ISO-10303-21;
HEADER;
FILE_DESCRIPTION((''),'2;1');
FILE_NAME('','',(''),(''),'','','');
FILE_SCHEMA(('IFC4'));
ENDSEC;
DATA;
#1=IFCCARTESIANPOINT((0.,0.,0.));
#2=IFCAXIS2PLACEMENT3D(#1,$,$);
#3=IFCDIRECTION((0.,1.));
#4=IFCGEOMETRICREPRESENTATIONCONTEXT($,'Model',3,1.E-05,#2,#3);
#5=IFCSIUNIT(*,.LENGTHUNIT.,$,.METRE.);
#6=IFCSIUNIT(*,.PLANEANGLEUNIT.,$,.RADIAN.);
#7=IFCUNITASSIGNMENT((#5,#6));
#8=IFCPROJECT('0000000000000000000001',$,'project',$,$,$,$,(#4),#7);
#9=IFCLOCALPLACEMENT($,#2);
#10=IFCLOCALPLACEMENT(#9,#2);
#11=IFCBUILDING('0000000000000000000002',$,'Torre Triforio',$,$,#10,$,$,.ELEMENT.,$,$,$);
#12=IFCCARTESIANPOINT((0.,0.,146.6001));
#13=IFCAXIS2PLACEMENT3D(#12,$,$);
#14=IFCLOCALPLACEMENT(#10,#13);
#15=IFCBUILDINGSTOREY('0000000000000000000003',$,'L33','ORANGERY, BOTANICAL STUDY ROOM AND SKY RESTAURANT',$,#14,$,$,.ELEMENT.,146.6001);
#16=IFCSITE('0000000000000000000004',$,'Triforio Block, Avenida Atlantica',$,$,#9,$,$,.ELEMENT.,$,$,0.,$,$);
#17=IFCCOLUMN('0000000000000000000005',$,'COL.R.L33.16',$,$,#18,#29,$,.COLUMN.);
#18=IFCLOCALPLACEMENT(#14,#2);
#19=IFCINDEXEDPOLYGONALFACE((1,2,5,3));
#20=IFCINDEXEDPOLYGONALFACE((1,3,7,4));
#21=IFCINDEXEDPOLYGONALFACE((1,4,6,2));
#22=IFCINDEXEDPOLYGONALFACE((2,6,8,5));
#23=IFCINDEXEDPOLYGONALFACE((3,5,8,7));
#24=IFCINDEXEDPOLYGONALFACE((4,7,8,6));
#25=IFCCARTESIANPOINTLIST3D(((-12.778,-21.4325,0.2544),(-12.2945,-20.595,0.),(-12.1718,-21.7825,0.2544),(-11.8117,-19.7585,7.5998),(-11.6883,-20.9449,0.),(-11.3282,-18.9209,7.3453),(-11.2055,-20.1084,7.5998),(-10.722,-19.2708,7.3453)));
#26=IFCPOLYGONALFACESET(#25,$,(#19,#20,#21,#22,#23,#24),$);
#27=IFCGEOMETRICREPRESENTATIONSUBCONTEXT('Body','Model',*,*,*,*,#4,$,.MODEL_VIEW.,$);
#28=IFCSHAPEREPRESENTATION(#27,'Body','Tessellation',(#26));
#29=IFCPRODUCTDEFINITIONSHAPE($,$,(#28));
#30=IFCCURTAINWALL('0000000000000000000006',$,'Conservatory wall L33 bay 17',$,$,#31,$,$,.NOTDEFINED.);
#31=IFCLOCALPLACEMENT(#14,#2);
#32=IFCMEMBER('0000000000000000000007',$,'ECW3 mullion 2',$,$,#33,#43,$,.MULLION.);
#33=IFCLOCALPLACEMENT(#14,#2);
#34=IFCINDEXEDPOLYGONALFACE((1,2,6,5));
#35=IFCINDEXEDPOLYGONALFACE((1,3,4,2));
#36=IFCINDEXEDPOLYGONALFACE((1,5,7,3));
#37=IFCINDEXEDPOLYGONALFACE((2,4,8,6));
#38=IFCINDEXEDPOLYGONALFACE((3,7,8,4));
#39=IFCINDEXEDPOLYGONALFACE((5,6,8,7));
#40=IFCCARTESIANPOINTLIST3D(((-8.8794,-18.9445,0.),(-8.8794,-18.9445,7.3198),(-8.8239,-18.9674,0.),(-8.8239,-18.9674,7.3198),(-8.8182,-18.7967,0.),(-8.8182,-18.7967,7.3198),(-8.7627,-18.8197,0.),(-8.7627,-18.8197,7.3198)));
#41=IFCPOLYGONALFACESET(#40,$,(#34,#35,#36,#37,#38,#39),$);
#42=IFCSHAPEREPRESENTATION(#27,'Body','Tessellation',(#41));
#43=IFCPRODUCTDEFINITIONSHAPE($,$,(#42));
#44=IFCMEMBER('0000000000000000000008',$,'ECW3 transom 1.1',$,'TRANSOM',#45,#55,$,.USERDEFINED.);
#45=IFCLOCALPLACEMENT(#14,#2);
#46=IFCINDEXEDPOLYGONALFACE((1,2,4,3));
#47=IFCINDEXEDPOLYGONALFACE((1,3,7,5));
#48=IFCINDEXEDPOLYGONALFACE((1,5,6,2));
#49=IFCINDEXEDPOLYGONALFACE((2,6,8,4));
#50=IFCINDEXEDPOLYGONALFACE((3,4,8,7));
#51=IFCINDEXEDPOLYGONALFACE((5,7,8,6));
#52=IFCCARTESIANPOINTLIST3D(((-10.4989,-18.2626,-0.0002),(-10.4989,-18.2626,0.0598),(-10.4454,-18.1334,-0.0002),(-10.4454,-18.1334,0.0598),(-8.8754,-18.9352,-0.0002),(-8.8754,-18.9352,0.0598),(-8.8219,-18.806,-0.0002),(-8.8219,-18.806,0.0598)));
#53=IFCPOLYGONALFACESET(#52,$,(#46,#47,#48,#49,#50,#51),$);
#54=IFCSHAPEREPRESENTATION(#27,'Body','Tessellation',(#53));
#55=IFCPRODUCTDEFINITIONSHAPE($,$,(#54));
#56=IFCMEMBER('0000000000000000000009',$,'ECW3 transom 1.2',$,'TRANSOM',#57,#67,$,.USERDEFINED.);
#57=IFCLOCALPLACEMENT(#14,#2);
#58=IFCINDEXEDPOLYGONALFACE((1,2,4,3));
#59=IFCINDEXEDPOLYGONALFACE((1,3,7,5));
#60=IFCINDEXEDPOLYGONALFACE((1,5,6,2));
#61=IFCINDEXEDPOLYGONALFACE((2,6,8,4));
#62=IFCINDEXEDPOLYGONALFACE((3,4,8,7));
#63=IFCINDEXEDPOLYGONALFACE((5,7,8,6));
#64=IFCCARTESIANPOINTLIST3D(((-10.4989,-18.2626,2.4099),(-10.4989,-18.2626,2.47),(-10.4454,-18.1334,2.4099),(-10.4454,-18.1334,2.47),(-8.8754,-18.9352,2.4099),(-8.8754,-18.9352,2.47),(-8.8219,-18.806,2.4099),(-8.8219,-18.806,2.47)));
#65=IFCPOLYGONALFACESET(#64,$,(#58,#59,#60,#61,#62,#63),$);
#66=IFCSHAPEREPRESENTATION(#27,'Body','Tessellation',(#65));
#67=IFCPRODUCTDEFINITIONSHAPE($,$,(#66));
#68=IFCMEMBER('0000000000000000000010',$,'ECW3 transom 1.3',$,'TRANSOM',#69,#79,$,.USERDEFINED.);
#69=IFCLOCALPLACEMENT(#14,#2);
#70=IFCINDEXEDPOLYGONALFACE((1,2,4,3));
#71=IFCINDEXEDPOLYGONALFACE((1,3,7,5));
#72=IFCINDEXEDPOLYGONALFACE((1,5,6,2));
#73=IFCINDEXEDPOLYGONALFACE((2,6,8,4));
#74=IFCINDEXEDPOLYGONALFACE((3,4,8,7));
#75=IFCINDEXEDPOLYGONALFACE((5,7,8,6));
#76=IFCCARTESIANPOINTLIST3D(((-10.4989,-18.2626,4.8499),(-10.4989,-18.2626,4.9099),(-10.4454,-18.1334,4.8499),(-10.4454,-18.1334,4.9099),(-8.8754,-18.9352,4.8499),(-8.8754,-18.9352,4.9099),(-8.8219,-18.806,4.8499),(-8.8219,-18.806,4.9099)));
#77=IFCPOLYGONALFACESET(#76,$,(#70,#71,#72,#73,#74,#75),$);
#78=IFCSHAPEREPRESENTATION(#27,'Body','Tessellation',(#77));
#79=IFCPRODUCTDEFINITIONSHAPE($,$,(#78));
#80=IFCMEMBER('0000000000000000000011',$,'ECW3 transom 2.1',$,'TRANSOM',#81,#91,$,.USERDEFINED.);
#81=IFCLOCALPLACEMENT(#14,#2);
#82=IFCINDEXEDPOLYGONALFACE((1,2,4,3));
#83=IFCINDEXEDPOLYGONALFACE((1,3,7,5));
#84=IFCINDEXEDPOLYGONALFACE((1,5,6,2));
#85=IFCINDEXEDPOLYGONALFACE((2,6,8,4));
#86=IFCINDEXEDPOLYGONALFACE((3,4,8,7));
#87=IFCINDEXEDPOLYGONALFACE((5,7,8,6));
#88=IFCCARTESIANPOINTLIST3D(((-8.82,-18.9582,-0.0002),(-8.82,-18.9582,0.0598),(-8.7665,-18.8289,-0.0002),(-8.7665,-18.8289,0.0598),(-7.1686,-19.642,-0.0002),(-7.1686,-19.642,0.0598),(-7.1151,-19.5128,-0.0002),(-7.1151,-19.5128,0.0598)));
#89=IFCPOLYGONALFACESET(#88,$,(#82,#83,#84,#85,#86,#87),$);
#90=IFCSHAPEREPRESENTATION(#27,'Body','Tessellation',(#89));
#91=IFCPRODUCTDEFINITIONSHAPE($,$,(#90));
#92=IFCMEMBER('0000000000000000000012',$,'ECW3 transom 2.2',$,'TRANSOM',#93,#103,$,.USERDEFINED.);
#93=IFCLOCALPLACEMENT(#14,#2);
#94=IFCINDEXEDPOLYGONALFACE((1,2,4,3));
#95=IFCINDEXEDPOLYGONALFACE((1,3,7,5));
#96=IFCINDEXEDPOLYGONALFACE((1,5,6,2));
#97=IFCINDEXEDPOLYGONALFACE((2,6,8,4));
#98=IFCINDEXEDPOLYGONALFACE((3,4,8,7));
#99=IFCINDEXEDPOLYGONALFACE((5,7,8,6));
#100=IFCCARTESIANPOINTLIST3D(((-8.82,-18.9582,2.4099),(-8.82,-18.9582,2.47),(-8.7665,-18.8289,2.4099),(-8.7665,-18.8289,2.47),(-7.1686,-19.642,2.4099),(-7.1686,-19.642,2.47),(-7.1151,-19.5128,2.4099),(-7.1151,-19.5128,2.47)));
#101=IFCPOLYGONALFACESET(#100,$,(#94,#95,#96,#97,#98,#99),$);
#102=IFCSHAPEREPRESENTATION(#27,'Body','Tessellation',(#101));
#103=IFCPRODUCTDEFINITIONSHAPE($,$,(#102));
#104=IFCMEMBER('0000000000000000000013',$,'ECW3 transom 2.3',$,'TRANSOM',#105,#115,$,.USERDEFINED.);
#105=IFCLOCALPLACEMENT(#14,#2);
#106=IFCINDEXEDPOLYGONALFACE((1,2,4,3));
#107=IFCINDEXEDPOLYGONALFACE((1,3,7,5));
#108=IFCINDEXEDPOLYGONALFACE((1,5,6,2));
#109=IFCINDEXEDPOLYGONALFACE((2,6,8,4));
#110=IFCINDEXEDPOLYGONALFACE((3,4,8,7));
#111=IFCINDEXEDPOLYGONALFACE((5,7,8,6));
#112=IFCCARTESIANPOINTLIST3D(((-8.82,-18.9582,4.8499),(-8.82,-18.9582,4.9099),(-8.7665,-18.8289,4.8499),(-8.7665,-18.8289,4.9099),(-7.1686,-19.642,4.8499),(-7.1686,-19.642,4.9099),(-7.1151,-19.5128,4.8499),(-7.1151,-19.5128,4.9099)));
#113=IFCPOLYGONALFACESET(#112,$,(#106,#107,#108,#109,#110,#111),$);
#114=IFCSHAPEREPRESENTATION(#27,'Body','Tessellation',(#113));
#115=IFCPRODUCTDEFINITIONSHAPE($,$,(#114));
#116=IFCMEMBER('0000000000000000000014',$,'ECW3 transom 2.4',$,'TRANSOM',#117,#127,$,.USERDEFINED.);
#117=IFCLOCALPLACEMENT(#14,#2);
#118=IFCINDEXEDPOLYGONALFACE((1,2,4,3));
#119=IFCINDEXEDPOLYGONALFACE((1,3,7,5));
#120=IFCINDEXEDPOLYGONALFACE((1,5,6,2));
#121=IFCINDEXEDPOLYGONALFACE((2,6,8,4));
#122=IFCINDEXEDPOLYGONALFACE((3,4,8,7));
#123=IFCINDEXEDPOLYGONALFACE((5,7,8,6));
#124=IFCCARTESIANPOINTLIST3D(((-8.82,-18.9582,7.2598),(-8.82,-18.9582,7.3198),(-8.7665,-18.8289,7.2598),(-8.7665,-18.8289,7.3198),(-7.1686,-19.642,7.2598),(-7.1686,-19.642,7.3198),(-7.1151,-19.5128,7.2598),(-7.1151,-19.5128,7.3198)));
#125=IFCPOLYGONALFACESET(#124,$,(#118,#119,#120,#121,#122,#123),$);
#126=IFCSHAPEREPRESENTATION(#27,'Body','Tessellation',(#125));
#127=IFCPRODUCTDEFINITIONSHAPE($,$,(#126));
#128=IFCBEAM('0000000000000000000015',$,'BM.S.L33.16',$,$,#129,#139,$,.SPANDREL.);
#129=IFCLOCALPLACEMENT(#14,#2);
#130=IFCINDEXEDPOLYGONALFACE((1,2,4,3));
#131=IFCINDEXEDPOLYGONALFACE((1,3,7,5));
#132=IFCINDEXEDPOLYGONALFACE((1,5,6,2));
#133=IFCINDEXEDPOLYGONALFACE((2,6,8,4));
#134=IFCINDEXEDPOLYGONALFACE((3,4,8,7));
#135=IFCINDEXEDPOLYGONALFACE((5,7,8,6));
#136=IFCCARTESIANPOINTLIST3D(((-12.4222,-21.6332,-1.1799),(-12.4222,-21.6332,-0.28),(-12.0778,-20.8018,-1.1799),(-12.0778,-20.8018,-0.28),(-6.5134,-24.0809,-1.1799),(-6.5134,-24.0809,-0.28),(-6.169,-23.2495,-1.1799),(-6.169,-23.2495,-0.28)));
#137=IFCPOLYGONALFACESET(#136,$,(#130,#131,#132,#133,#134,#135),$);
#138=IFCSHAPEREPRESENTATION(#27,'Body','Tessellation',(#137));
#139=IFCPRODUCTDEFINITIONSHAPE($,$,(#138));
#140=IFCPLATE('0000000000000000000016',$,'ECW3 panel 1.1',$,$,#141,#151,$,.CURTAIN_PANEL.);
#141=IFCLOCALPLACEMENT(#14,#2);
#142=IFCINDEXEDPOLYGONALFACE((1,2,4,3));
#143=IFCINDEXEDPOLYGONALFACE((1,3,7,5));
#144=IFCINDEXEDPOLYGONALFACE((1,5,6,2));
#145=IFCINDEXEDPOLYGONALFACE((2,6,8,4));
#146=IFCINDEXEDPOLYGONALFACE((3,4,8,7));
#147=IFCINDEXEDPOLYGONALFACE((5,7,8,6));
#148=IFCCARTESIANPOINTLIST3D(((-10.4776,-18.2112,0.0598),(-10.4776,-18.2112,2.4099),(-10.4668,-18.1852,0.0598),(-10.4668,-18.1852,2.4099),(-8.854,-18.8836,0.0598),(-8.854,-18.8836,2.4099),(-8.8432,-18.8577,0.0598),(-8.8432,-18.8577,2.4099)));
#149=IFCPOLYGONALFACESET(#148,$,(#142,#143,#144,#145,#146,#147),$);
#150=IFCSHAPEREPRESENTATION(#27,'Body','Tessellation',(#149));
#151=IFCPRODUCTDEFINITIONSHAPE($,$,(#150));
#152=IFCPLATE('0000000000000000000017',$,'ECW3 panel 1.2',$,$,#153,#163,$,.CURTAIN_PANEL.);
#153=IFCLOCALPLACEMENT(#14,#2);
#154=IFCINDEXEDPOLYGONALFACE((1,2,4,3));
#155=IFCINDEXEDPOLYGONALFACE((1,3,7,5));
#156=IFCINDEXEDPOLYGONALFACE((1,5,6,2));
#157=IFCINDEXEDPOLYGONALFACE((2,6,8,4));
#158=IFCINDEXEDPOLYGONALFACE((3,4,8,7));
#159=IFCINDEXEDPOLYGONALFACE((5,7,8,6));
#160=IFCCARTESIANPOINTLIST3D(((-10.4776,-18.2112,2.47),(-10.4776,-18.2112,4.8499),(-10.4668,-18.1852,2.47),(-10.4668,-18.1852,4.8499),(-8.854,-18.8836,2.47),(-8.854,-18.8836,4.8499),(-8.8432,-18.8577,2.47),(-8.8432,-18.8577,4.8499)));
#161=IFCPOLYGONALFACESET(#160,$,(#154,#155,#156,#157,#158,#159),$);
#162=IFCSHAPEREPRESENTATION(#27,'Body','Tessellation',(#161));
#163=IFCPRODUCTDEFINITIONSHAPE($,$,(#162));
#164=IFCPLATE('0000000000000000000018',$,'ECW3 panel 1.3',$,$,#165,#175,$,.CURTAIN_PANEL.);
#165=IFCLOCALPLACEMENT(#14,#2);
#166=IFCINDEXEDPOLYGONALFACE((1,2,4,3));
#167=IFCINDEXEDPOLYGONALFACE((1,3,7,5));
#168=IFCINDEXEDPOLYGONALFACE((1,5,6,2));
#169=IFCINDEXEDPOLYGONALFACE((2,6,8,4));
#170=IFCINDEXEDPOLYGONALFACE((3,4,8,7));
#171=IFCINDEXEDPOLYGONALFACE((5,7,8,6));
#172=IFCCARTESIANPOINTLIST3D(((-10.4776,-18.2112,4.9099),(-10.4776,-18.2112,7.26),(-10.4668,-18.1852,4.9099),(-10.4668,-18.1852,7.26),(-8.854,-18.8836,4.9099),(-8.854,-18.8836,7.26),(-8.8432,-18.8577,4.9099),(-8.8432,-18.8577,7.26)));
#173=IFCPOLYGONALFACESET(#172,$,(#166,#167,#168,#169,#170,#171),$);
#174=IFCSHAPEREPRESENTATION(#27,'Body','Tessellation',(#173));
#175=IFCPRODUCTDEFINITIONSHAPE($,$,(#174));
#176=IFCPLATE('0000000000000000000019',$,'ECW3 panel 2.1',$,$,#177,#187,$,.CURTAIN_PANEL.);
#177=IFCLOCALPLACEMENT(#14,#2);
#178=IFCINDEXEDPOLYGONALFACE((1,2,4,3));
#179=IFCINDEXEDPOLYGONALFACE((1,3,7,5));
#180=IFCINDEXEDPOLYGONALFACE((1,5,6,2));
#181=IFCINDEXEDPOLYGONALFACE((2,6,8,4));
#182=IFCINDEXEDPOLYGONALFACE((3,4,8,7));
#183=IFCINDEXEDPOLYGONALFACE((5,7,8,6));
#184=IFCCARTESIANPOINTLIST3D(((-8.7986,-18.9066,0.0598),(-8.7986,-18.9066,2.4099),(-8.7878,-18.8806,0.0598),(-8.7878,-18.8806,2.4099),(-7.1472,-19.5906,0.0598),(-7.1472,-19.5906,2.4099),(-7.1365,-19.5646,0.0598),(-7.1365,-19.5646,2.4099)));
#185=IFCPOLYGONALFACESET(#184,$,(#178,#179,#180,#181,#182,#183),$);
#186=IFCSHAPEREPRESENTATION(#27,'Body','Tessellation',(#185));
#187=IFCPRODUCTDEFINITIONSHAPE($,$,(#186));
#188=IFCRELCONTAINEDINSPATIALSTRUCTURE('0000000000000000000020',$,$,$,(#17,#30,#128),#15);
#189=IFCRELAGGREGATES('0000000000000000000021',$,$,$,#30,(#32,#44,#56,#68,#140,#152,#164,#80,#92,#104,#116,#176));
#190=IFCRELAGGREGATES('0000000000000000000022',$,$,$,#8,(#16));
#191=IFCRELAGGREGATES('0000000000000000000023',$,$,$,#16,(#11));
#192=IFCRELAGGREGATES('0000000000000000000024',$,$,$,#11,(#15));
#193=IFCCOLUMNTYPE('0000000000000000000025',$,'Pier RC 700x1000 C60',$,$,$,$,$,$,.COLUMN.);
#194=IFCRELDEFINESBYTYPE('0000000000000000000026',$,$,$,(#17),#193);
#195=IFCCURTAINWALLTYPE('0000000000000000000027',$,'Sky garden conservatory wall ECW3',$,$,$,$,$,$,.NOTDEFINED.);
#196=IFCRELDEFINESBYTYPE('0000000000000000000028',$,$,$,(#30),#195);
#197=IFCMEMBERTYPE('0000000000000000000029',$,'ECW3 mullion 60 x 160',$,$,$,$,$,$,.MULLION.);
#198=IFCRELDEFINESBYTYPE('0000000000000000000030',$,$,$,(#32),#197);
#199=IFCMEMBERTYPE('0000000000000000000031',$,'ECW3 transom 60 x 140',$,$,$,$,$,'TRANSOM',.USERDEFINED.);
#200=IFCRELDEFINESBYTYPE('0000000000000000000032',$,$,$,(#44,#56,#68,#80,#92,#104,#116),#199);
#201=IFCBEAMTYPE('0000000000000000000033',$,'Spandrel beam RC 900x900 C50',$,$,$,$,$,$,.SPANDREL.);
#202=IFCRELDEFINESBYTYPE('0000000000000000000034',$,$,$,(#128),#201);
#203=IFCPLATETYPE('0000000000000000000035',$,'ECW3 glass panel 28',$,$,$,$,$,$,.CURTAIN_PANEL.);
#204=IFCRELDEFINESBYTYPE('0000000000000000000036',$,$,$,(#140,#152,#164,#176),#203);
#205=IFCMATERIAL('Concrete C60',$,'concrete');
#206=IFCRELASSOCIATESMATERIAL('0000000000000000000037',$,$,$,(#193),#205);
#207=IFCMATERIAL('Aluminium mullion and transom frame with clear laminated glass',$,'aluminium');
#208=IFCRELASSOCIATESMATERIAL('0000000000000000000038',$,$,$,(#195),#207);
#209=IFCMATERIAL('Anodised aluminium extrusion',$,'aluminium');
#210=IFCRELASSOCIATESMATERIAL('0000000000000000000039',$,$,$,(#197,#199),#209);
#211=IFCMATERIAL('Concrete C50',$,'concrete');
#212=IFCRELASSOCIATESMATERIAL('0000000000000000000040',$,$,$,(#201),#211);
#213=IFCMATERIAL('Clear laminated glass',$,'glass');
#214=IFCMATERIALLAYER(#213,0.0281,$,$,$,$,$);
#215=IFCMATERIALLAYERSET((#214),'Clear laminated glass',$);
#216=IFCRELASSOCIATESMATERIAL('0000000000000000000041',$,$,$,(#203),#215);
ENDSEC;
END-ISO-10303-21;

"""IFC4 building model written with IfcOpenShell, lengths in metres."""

from ifc_helpers import new_model, si_unit, direction, frame, origin, origin_2d, place, context, subcontext, project, spatial, rectangle, extrude, material, layer, layer_set, material_profile, profile_set, type_object, element, aggregate, save


model = new_model("IFC4")

# Units and contexts
model_context = context("Model", 3, precision=1e-05, world=origin(), true_north=direction((0.0, 1.0)))
body_context = subcontext(model_context, "Body", "Model", "MODEL_VIEW")
ifc_project = project(units=[si_unit("LENGTHUNIT", "METRE"), si_unit("PLANEANGLEUNIT", "RADIAN")], contexts=[model_context])

# Site, building, storey
site_placement = place(None, origin())
site = spatial("IfcSite", under=ifc_project, at=site_placement, Name="Triforio Block, Avenida Atlantica", CompositionType="ELEMENT", RefElevation=0.0)
building_placement = place(site_placement, origin())
building = spatial("IfcBuilding", under=site, at=building_placement, Name="Torre Triforio", CompositionType="ELEMENT")
storey_placement = place(building_placement, frame((0.0, 0.0, 146.6001)))
storey = spatial("IfcBuildingStorey", under=building, at=storey_placement, Name="L33", Description="ORANGERY, BOTANICAL STUDY ROOM AND SKY RESTAURANT", CompositionType="ELEMENT", Elevation=146.6001)

# Column
ifc_material_1 = material(Name="Concrete C60", Category="concrete")
ifc_material_profile_1 = material_profile(ifc_material_1, rectangle(XDim=0.7, YDim=1.0, at=origin_2d()), Name="RC 700x1000")
ifc_profile_set_1 = profile_set([ifc_material_profile_1], Name="Concrete C60")
column_type = type_object("IfcColumnType", Name="Pier RC 700x1000 C60", PredefinedType="COLUMN", material=ifc_profile_set_1)
column_placement = place(storey_placement, frame((-12.2332, -21.1887, 0.1272), z_axis=(0.127221, 0.220402, 0.967077), x_axis=(-0.866074, 0.499916, 0.0)))
element("IfcColumn", 1, at=column_placement, inside=storey, type_object=column_type, Name="COL.R.L33.16", PredefinedType="COLUMN", context=body_context, shape_type="SweptSolid", body=[
    extrude(rectangle(XDim=0.7, YDim=1.0, at=origin_2d()), origin(), (0.0, 0.0, 1.0), 7.5955),
])

# Curtain wall, members
ifc_material_2 = material(Name="Aluminium mullion and transom frame with clear laminated glass", Category="aluminium")
curtain_wall_type = type_object("IfcCurtainWallType", Name="Sky garden conservatory wall ECW3", PredefinedType="NOTDEFINED", material=ifc_material_2)
curtain_wall_placement = place(storey_placement, origin())
curtain_wall = element("IfcCurtainWall", 2, at=curtain_wall_placement, inside=storey, type_object=curtain_wall_type, Name="Conservatory wall L33 bay 17", PredefinedType="NOTDEFINED")
ifc_material_3 = material(Name="Anodised aluminium extrusion", Category="aluminium")
ifc_material_profile_2 = material_profile(ifc_material_3, rectangle(XDim=0.1599, YDim=0.0601, at=origin_2d()), Name="ECW3 MULLION 60x160")
ifc_profile_set_2 = profile_set([ifc_material_profile_2], Name="Anodised aluminium extrusion")
member_type_1 = type_object("IfcMemberType", Name="ECW3 mullion 60 x 160", PredefinedType="MULLION", material=ifc_profile_set_2)
member_1_placement = place(storey_placement, frame((-8.821, -18.8821, 0.0), z_axis=(0.0, 0.0, 1.0), x_axis=(0.382675, 0.923883, 0.0)))
member_1 = element("IfcMember", 3, at=member_1_placement, type_object=member_type_1, Name="ECW3 mullion 2", PredefinedType="MULLION", context=body_context, shape_type="SweptSolid", body=[
    extrude(rectangle(XDim=0.1599, YDim=0.0601, at=origin_2d()), origin(), (0.0, 0.0, 1.0), 7.3198),
])
ifc_material_profile_3 = material_profile(ifc_material_3, rectangle(XDim=0.1399, YDim=0.0601, at=origin_2d()), Name="ECW3 TRANSOM 60x140")
ifc_profile_set_3 = profile_set([ifc_material_profile_3], Name="Anodised aluminium extrusion")
member_type_2 = type_object("IfcMemberType", Name="ECW3 transom 60 x 140", ElementType="TRANSOM", PredefinedType="USERDEFINED", material=ifc_profile_set_3)
member_2_placement = place(storey_placement, frame((-10.4722, -18.198, 0.0298), z_axis=(0.923856, -0.38274, 0.0), x_axis=(0.38274, 0.923856, 0.0)))
member_2 = element("IfcMember", 4, at=member_2_placement, type_object=member_type_2, Name="ECW3 transom 1.1", ObjectType="TRANSOM", PredefinedType="USERDEFINED", context=body_context, shape_type="SweptSolid", body=[
    extrude(rectangle(XDim=0.1399, YDim=0.0601, at=origin_2d()), origin(), (0.0, 0.0, 1.0), 1.7573),
])
member_3_placement = place(storey_placement, frame((-10.4722, -18.198, 2.4399), z_axis=(0.923856, -0.38274, 0.0), x_axis=(0.38274, 0.923856, 0.0)))
member_3 = element("IfcMember", 5, at=member_3_placement, type_object=member_type_2, Name="ECW3 transom 1.2", ObjectType="TRANSOM", PredefinedType="USERDEFINED", context=body_context, shape_type="SweptSolid", body=[
    extrude(rectangle(XDim=0.1399, YDim=0.0601, at=origin_2d()), origin(), (0.0, 0.0, 1.0), 1.7573),
])
member_4_placement = place(storey_placement, frame((-10.4722, -18.198, 4.8799), z_axis=(0.923856, -0.38274, 0.0), x_axis=(0.38274, 0.923856, 0.0)))
member_4 = element("IfcMember", 6, at=member_4_placement, type_object=member_type_2, Name="ECW3 transom 1.3", ObjectType="TRANSOM", PredefinedType="USERDEFINED", context=body_context, shape_type="SweptSolid", body=[
    extrude(rectangle(XDim=0.1399, YDim=0.0601, at=origin_2d()), origin(), (0.0, 0.0, 1.0), 1.7573),
])
member_5_placement = place(storey_placement, frame((-8.7932, -18.8936, 0.0298), z_axis=(0.923915, -0.382597, 0.0), x_axis=(0.382597, 0.923915, 0.0)))
member_5 = element("IfcMember", 7, at=member_5_placement, type_object=member_type_2, Name="ECW3 transom 2.1", ObjectType="TRANSOM", PredefinedType="USERDEFINED", context=body_context, shape_type="SweptSolid", body=[
    extrude(rectangle(XDim=0.1399, YDim=0.0601, at=origin_2d()), origin(), (0.0, 0.0, 1.0), 1.7874),
])
member_6_placement = place(storey_placement, frame((-8.7932, -18.8936, 2.4399), z_axis=(0.923915, -0.382597, 0.0), x_axis=(0.382597, 0.923915, 0.0)))
member_6 = element("IfcMember", 8, at=member_6_placement, type_object=member_type_2, Name="ECW3 transom 2.2", ObjectType="TRANSOM", PredefinedType="USERDEFINED", context=body_context, shape_type="SweptSolid", body=[
    extrude(rectangle(XDim=0.1399, YDim=0.0601, at=origin_2d()), origin(), (0.0, 0.0, 1.0), 1.7874),
])
member_7_placement = place(storey_placement, frame((-8.7932, -18.8936, 4.8799), z_axis=(0.923915, -0.382597, 0.0), x_axis=(0.382597, 0.923915, 0.0)))
member_7 = element("IfcMember", 9, at=member_7_placement, type_object=member_type_2, Name="ECW3 transom 2.3", ObjectType="TRANSOM", PredefinedType="USERDEFINED", context=body_context, shape_type="SweptSolid", body=[
    extrude(rectangle(XDim=0.1399, YDim=0.0601, at=origin_2d()), origin(), (0.0, 0.0, 1.0), 1.7874),
])
member_8_placement = place(storey_placement, frame((-8.7932, -18.8936, 7.2898), z_axis=(0.923915, -0.382597, 0.0), x_axis=(0.382597, 0.923915, 0.0)))
member_8 = element("IfcMember", 10, at=member_8_placement, type_object=member_type_2, Name="ECW3 transom 2.4", ObjectType="TRANSOM", PredefinedType="USERDEFINED", context=body_context, shape_type="SweptSolid", body=[
    extrude(rectangle(XDim=0.1399, YDim=0.0601, at=origin_2d()), origin(), (0.0, 0.0, 1.0), 1.7874),
])

# Beam
ifc_material_4 = material(Name="Concrete C50", Category="concrete")
ifc_material_profile_4 = material_profile(ifc_material_4, rectangle(XDim=0.8999, YDim=0.8999, at=origin_2d()), Name="RC 900x900")
ifc_profile_set_4 = profile_set([ifc_material_profile_4], Name="Concrete C50")
beam_type = type_object("IfcBeamType", Name="Spandrel beam RC 900x900 C50", PredefinedType="SPANDREL", material=ifc_profile_set_4)
beam_placement = place(storey_placement, frame((-12.25, -21.2175, -0.73), z_axis=(0.923869, -0.382709, 0.0), x_axis=(0.382709, 0.923869, 0.0)))
element("IfcBeam", 11, at=beam_placement, inside=storey, type_object=beam_type, Name="BM.S.L33.16", PredefinedType="SPANDREL", context=body_context, shape_type="SweptSolid", body=[
    extrude(rectangle(XDim=0.8999, YDim=0.8999, at=origin_2d()), origin(), (0.0, 0.0, 1.0), 6.3958),
])

# Plates
ifc_material_5 = material(Name="Clear laminated glass", Category="glass")
ifc_layer_1 = layer(ifc_material_5, 0.0281)
ifc_layer_set_1 = layer_set([ifc_layer_1], Name="Clear laminated glass")
plate_type = type_object("IfcPlateType", Name="ECW3 glass panel 28", PredefinedType="CURTAIN_PANEL", material=ifc_layer_set_1)
plate_1_placement = place(storey_placement, frame((-9.6604, -18.5344, 0.0598), z_axis=(0.0, 0.0, 1.0), x_axis=(0.923883, -0.382675, 0.0)))
plate_1 = element("IfcPlate", 12, at=plate_1_placement, type_object=plate_type, Name="ECW3 panel 1.1", PredefinedType="CURTAIN_PANEL", context=body_context, shape_type="SweptSolid", body=[
    extrude(rectangle(XDim=1.7573, YDim=0.0281, at=origin_2d()), origin(), (0.0, 0.0, 1.0), 2.3501),
])
plate_2_placement = place(storey_placement, frame((-9.6604, -18.5344, 2.47), z_axis=(0.0, 0.0, 1.0), x_axis=(0.923883, -0.382675, 0.0)))
plate_2 = element("IfcPlate", 13, at=plate_2_placement, type_object=plate_type, Name="ECW3 panel 1.2", PredefinedType="CURTAIN_PANEL", context=body_context, shape_type="SweptSolid", body=[
    extrude(rectangle(XDim=1.7573, YDim=0.0281, at=origin_2d()), origin(), (0.0, 0.0, 1.0), 2.3799),
])
plate_3_placement = place(storey_placement, frame((-9.6604, -18.5344, 4.9099), z_axis=(0.0, 0.0, 1.0), x_axis=(0.923883, -0.382675, 0.0)))
plate_3 = element("IfcPlate", 14, at=plate_3_placement, type_object=plate_type, Name="ECW3 panel 1.3", PredefinedType="CURTAIN_PANEL", context=body_context, shape_type="SweptSolid", body=[
    extrude(rectangle(XDim=1.7573, YDim=0.0281, at=origin_2d()), origin(), (0.0, 0.0, 1.0), 2.3501),
])
plate_4_placement = place(storey_placement, frame((-7.9675, -19.2356, 0.0598), z_axis=(0.0, 0.0, 1.0), x_axis=(0.923883, -0.382675, 0.0)))
plate_4 = element("IfcPlate", 15, at=plate_4_placement, type_object=plate_type, Name="ECW3 panel 2.1", PredefinedType="CURTAIN_PANEL", context=body_context, shape_type="SweptSolid", body=[
    extrude(rectangle(XDim=1.7874, YDim=0.0281, at=origin_2d()), origin(), (0.0, 0.0, 1.0), 2.3501),
])
aggregate(curtain_wall, [member_1, member_2, member_3, member_4, plate_1, plate_2, plate_3, member_5, member_6, member_7, member_8, plate_4])

save(model, "model.ifc")
